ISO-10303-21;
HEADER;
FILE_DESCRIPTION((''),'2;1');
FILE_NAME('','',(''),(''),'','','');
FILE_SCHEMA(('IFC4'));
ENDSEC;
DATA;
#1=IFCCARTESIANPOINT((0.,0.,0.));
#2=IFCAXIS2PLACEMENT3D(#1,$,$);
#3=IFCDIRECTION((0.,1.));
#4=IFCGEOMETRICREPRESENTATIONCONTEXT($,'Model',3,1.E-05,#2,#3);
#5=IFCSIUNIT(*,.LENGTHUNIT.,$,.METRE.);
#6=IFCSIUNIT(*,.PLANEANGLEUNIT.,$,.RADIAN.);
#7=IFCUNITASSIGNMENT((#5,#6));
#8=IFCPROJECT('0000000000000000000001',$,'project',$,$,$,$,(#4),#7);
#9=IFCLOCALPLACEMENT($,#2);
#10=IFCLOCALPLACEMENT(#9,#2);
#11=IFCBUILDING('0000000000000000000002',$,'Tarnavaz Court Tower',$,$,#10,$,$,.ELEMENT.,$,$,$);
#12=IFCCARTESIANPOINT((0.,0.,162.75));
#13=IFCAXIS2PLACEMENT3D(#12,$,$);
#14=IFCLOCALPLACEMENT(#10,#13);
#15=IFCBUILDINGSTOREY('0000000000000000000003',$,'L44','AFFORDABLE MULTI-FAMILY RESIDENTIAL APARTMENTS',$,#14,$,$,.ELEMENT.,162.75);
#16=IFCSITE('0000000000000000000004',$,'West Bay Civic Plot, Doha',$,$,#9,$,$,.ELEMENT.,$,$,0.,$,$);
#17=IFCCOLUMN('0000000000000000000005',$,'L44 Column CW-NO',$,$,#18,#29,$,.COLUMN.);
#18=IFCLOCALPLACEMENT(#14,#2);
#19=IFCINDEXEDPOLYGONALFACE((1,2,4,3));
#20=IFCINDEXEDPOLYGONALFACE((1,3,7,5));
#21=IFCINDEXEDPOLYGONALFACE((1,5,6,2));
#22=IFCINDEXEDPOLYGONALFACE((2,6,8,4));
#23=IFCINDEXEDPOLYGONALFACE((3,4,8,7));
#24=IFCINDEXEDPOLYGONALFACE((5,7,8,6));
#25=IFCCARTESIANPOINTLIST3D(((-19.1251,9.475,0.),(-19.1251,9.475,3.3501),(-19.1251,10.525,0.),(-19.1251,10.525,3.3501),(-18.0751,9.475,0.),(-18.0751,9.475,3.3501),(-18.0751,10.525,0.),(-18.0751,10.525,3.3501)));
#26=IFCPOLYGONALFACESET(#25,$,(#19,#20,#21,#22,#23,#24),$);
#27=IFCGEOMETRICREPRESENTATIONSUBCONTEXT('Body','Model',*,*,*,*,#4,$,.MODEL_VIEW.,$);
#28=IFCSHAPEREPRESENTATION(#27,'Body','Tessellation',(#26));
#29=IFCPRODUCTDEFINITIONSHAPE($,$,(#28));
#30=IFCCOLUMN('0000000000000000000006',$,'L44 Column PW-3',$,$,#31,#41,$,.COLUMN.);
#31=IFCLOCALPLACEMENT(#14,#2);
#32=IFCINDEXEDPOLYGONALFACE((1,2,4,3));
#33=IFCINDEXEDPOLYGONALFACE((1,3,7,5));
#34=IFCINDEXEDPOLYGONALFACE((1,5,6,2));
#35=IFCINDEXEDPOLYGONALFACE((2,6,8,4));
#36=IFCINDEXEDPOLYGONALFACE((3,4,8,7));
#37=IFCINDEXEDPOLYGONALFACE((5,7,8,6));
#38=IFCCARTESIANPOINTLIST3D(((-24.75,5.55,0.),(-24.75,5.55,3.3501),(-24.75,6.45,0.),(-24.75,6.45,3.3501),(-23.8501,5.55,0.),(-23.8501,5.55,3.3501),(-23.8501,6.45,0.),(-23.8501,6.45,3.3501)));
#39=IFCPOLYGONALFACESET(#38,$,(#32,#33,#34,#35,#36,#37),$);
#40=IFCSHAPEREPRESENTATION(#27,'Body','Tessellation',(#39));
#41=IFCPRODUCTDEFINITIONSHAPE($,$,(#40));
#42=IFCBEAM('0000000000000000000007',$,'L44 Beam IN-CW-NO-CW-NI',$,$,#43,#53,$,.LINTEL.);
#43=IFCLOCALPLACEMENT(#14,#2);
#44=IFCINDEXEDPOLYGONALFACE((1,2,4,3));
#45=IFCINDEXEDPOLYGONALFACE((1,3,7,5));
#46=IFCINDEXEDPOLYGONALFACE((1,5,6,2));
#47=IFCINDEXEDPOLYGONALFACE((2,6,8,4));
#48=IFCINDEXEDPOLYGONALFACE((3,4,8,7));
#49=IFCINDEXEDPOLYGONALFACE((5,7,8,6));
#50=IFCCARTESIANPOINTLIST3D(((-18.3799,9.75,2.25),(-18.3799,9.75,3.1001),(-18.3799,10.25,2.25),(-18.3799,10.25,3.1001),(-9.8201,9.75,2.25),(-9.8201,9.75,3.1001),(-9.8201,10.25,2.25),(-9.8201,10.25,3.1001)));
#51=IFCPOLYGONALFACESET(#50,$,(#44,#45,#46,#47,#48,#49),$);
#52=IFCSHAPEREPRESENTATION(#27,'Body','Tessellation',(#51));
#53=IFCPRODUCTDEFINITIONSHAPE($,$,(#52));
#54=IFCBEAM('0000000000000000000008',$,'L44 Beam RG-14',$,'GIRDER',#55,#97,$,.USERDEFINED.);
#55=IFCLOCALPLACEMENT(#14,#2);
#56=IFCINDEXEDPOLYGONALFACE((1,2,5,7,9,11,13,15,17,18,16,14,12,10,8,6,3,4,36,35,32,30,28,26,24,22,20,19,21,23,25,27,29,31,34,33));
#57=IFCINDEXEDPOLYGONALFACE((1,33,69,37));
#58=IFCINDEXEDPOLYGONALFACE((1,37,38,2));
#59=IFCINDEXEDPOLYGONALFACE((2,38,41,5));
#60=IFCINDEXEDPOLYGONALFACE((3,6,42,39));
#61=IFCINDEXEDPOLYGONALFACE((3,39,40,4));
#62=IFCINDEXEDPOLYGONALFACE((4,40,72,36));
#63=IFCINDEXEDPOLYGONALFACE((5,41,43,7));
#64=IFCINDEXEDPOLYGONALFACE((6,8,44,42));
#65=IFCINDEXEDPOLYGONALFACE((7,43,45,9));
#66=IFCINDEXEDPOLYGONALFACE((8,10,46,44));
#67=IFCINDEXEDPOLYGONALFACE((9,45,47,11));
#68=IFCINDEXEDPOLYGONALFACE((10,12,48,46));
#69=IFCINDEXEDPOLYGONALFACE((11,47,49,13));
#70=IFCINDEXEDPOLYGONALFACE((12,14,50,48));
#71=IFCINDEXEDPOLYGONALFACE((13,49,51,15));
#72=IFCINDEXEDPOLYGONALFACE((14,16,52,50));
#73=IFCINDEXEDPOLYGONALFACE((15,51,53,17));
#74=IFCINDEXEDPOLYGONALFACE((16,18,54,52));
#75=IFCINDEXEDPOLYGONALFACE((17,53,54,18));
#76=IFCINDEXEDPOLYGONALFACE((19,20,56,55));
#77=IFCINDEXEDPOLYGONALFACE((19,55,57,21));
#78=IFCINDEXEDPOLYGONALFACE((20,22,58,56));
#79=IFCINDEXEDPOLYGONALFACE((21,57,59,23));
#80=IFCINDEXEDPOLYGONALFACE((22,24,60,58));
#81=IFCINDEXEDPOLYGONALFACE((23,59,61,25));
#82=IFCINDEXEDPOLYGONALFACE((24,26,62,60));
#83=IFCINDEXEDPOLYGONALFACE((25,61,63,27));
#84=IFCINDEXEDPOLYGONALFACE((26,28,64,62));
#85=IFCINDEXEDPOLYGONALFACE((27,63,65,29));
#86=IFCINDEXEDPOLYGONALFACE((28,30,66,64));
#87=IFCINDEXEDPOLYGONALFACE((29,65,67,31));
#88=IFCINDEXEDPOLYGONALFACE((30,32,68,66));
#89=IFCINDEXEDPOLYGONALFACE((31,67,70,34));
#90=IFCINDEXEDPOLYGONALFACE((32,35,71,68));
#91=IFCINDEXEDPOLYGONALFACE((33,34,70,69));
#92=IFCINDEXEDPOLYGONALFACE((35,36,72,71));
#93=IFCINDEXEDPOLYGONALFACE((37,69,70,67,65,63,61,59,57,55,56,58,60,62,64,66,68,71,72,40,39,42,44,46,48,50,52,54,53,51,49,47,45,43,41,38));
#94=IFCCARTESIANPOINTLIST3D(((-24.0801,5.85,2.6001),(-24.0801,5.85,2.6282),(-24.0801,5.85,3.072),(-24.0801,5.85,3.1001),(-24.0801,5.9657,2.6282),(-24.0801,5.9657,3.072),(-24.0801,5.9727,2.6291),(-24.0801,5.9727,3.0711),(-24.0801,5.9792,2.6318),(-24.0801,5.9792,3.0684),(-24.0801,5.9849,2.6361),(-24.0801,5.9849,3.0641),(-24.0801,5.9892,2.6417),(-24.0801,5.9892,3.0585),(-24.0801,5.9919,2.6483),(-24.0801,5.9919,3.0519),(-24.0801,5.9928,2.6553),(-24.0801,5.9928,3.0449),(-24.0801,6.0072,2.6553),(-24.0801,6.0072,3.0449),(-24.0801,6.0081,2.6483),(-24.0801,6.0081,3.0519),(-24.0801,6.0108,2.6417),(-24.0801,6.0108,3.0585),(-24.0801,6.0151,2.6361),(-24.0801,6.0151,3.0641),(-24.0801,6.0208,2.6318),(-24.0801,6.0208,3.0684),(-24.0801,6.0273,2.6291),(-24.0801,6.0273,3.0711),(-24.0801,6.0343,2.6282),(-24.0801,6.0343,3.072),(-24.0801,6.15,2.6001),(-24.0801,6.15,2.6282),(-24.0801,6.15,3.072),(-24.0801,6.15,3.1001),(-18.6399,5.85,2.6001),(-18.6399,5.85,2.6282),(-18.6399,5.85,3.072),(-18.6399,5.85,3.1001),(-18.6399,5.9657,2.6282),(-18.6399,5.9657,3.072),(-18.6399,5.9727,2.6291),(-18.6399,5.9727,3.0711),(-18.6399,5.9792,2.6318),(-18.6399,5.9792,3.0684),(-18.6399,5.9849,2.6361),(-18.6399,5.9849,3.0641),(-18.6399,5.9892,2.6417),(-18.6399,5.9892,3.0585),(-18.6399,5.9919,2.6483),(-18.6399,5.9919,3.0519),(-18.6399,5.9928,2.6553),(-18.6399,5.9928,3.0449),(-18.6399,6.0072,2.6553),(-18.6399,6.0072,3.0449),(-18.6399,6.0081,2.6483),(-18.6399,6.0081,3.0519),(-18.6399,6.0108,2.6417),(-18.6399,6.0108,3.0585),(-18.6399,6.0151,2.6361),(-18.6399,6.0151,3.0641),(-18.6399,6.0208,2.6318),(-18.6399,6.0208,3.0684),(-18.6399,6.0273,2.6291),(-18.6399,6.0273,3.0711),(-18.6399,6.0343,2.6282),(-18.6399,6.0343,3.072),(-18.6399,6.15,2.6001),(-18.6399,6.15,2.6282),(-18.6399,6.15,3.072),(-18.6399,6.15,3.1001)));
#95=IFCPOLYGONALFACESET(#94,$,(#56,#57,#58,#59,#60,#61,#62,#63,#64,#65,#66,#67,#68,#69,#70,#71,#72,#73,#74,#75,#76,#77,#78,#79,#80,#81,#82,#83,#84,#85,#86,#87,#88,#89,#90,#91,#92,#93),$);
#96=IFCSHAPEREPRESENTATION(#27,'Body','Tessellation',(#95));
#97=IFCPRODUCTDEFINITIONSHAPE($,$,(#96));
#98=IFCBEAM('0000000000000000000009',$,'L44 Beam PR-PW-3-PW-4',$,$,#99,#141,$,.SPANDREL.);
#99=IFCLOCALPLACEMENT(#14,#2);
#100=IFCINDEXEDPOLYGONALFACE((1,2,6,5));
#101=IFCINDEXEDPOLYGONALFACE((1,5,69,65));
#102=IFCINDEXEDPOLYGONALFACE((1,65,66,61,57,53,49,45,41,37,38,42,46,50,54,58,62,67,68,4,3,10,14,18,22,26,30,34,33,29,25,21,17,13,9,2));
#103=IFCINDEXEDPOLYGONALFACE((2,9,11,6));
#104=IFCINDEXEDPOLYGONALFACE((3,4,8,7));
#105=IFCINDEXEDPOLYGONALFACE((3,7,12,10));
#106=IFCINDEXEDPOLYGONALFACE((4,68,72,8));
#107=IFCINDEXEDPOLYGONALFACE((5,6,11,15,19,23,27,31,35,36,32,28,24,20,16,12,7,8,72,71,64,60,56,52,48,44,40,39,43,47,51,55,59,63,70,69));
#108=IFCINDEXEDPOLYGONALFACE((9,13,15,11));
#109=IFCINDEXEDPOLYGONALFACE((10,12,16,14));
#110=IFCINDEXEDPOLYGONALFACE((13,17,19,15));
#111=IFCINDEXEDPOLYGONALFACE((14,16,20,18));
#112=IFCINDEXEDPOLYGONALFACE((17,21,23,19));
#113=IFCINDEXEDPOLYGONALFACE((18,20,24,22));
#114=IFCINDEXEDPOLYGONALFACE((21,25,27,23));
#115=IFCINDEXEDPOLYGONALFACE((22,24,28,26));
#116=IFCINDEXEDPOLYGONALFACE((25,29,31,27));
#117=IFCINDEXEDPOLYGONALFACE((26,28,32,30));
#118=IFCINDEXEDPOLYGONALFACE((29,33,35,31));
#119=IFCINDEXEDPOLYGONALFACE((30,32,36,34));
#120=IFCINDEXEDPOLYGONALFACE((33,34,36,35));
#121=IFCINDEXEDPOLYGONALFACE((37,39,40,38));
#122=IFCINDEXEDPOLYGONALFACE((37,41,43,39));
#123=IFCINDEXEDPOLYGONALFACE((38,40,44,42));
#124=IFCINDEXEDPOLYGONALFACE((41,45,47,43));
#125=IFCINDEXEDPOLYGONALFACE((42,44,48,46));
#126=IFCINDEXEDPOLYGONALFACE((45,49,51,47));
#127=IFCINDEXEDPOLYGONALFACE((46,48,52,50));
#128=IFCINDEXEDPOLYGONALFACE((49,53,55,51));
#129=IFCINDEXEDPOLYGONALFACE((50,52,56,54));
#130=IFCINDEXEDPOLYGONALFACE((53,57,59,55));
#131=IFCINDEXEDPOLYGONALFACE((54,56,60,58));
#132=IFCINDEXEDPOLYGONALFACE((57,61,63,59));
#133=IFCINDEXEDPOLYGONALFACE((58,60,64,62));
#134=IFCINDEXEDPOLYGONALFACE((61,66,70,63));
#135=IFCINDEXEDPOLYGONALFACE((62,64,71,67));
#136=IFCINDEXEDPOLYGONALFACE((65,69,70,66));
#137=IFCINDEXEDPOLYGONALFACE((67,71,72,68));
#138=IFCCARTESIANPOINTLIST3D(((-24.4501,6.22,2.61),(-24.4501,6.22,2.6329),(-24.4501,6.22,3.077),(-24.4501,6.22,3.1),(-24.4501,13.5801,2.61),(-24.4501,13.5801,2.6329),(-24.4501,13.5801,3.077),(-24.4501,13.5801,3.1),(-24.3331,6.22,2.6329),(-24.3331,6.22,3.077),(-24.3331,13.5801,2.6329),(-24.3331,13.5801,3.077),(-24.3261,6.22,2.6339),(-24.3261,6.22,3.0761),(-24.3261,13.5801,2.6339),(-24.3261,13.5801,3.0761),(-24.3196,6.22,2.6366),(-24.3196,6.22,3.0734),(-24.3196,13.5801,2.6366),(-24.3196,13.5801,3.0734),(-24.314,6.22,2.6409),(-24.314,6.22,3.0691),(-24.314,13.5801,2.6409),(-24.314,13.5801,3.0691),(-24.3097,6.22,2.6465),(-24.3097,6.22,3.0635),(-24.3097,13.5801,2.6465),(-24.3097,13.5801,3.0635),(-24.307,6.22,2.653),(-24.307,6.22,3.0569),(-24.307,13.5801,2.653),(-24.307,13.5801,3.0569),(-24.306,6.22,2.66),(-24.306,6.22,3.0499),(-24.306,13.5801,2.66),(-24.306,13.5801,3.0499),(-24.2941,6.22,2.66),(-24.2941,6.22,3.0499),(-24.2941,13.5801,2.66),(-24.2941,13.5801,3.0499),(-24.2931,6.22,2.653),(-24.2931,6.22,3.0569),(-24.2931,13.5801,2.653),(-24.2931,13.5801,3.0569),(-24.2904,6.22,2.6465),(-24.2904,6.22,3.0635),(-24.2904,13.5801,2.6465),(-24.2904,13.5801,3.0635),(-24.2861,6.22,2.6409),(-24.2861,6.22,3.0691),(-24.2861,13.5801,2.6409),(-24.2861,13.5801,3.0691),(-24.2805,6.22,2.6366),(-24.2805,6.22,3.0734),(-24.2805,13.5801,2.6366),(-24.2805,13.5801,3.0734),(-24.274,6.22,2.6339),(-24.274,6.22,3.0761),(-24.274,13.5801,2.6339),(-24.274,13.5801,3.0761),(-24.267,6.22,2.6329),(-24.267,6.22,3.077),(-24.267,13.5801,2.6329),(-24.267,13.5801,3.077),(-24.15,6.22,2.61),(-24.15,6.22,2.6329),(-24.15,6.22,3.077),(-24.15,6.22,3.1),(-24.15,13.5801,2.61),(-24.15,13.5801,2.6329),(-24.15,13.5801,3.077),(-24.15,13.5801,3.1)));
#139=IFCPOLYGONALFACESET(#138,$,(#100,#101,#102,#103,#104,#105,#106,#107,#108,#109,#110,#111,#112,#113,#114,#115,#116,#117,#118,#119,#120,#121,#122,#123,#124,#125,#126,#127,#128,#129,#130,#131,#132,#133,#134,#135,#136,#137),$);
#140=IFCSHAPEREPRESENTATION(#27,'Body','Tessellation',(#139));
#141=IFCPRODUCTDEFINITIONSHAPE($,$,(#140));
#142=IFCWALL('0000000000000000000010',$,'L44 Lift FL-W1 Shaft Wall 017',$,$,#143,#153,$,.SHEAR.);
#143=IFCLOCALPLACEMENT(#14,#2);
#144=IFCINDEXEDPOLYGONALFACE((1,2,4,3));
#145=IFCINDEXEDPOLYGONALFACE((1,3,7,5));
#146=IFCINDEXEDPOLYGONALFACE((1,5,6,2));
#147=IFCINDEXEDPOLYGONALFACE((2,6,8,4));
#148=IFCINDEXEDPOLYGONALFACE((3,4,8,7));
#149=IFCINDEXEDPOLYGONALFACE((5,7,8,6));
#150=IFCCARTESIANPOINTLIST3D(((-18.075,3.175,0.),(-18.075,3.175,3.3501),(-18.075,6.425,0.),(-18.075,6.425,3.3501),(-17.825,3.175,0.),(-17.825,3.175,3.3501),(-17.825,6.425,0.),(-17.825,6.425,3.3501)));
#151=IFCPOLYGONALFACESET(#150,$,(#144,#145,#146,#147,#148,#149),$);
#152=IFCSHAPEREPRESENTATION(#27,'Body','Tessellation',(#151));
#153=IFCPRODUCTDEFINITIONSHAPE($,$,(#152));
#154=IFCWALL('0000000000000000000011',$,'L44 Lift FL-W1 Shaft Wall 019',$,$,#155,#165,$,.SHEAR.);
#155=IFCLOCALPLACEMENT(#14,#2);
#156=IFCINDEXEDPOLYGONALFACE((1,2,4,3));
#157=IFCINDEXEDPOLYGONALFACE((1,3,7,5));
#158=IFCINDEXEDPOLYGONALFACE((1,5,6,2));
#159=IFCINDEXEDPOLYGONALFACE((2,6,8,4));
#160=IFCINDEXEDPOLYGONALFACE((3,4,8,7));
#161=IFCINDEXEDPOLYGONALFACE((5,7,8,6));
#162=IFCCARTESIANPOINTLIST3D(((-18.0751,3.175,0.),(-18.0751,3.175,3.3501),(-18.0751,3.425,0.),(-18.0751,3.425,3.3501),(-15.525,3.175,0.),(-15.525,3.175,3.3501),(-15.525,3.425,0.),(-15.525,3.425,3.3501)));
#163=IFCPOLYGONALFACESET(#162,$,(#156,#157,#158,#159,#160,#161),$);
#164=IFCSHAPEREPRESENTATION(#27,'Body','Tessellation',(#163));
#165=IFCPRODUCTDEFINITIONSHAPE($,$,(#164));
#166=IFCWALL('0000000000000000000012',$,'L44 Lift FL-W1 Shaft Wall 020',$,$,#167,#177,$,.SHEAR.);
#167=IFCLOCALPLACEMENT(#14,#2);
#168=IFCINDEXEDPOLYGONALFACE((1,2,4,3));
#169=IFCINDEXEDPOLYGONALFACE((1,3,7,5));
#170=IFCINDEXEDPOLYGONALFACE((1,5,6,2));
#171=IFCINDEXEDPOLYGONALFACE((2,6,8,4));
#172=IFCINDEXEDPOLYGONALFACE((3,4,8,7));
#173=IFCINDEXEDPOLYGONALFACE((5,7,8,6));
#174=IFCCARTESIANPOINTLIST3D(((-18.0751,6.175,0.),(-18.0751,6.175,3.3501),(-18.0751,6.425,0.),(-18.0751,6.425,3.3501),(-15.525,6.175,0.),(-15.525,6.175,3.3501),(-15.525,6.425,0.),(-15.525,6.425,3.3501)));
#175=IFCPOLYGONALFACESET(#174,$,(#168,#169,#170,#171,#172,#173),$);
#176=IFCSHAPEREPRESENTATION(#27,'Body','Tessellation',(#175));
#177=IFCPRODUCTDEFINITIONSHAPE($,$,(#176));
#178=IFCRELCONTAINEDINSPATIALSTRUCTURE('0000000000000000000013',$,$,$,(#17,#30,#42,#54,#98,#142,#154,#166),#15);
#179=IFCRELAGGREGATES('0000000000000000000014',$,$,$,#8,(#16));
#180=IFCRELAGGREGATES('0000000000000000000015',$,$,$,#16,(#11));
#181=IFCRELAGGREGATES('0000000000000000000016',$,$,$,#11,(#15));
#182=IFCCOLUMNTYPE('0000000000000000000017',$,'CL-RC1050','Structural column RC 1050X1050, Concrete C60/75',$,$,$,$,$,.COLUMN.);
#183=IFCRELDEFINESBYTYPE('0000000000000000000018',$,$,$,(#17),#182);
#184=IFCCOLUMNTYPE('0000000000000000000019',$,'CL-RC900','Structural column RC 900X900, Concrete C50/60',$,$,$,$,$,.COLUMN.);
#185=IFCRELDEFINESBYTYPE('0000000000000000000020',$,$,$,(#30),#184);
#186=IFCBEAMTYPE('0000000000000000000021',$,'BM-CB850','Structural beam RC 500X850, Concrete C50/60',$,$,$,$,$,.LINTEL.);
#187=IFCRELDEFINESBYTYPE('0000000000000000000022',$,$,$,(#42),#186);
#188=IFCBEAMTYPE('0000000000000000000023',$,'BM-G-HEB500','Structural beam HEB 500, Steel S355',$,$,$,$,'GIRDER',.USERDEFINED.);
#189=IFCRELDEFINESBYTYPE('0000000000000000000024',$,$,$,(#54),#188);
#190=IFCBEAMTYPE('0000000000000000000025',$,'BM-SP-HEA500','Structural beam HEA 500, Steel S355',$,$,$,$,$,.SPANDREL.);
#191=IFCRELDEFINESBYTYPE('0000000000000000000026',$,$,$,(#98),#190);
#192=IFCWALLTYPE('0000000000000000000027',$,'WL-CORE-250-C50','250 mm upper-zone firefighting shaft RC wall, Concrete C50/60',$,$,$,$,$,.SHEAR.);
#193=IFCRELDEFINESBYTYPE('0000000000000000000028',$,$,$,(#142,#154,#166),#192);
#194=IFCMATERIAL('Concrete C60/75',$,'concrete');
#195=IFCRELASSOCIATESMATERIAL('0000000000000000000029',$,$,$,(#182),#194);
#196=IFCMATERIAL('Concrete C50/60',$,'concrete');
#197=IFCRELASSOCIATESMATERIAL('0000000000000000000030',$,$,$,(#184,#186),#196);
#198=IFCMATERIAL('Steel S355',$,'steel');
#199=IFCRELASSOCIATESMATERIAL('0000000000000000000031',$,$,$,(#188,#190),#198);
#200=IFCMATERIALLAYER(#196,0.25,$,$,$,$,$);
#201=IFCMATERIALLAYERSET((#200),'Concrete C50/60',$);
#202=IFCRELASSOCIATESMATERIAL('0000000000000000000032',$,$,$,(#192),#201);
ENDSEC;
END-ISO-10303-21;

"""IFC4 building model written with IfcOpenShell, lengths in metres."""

from ifc_helpers import new_model, si_unit, direction, frame, frame_2d, origin, origin_2d, place, context, subcontext, project, spatial, rectangle, i_section, extrude, material, layer, layer_set, material_profile, profile_set, type_object, element, save


model = new_model("IFC4")

# Units and contexts
model_context = context("Model", 3, precision=1e-05, world=origin(), true_north=direction((0.0, 1.0)))
body_context = subcontext(model_context, "Body", "Model", "MODEL_VIEW")
ifc_project = project(units=[si_unit("LENGTHUNIT", "METRE"), si_unit("PLANEANGLEUNIT", "RADIAN")], contexts=[model_context])

# Site, building, storey
site_placement = place(None, origin())
site = spatial("IfcSite", under=ifc_project, at=site_placement, Name="West Bay Civic Plot, Doha", CompositionType="ELEMENT", RefElevation=0.0)
building_placement = place(site_placement, origin())
building = spatial("IfcBuilding", under=site, at=building_placement, Name="Tarnavaz Court Tower", CompositionType="ELEMENT")
storey_placement = place(building_placement, frame((0.0, 0.0, 162.75)))
storey = spatial("IfcBuildingStorey", under=building, at=storey_placement, Name="L44", Description="AFFORDABLE MULTI-FAMILY RESIDENTIAL APARTMENTS", CompositionType="ELEMENT", Elevation=162.75)

# Columns
ifc_material_1 = material(Name="Concrete C60/75", Category="concrete")
ifc_material_profile_1 = material_profile(ifc_material_1, rectangle(XDim=1.05, YDim=1.05, at=origin_2d()), Name="RC 1050X1050")
ifc_profile_set_1 = profile_set([ifc_material_profile_1], Name="Concrete C60/75")
column_type_1 = type_object("IfcColumnType", Name="CL-RC1050", Description="Structural column RC 1050X1050, Concrete C60/75", PredefinedType="COLUMN", material=ifc_profile_set_1)
column_1_placement = place(storey_placement, frame((-18.6001, 10.0, 0.0), z_axis=(0.0, 0.0, 1.0), x_axis=(1.0, 0.0, 0.0)))
element("IfcColumn", 1, at=column_1_placement, inside=storey, type_object=column_type_1, Name="L44 Column CW-NO", PredefinedType="COLUMN", context=body_context, shape_type="SweptSolid", body=[
    extrude(rectangle(XDim=1.05, YDim=1.05, at=origin_2d()), origin(), (0.0, 0.0, 1.0), 3.3501),
])
ifc_material_2 = material(Name="Concrete C50/60", Category="concrete")
ifc_material_profile_2 = material_profile(ifc_material_2, rectangle(XDim=0.8999, YDim=0.8999, at=origin_2d()), Name="RC 900X900")
ifc_profile_set_2 = profile_set([ifc_material_profile_2], Name="Concrete C50/60")
column_type_2 = type_object("IfcColumnType", Name="CL-RC900", Description="Structural column RC 900X900, Concrete C50/60", PredefinedType="COLUMN", material=ifc_profile_set_2)
column_2_placement = place(storey_placement, frame((-24.3, 6.0, 0.0), z_axis=(0.0, 0.0, 1.0), x_axis=(1.0, 0.0, 0.0)))
element("IfcColumn", 2, at=column_2_placement, inside=storey, type_object=column_type_2, Name="L44 Column PW-3", PredefinedType="COLUMN", context=body_context, shape_type="SweptSolid", body=[
    extrude(rectangle(XDim=0.8999, YDim=0.8999, at=origin_2d()), origin(), (0.0, 0.0, 1.0), 3.3501),
])

# Beams
ifc_material_profile_3 = material_profile(ifc_material_2, rectangle(XDim=0.5, YDim=0.8501, at=origin_2d()), Name="RC 500X850")
ifc_profile_set_3 = profile_set([ifc_material_profile_3], Name="Concrete C50/60")
beam_type_1 = type_object("IfcBeamType", Name="BM-CB850", Description="Structural beam RC 500X850, Concrete C50/60", PredefinedType="LINTEL", material=ifc_profile_set_3)
beam_1_placement = place(storey_placement, frame((-18.3799, 10.0, 2.675), z_axis=(1.0, 0.0, 0.0), x_axis=(0.0, 1.0, 0.0)))
element("IfcBeam", 3, at=beam_1_placement, inside=storey, type_object=beam_type_1, Name="L44 Beam IN-CW-NO-CW-NI", PredefinedType="LINTEL", context=body_context, shape_type="SweptSolid", body=[
    extrude(rectangle(XDim=0.5, YDim=0.8501, at=origin_2d()), origin(), (0.0, 0.0, 1.0), 8.5598),
])
ifc_material_3 = material(Name="Steel S355", Category="steel")
ifc_material_profile_4 = material_profile(ifc_material_3, i_section(OverallWidth=0.3, OverallDepth=0.5, WebThickness=0.0144, FlangeThickness=0.0281, FilletRadius=0.0271, at=origin_2d()), Name="HEB 500")
ifc_profile_set_4 = profile_set([ifc_material_profile_4], Name="Steel S355")
beam_type_2 = type_object("IfcBeamType", Name="BM-G-HEB500", Description="Structural beam HEB 500, Steel S355", ElementType="GIRDER", PredefinedType="USERDEFINED", material=ifc_profile_set_4)
beam_2_placement = place(storey_placement, frame((-18.6399, 6.0, 2.8501), z_axis=(-1.0, 0.0, 0.0), x_axis=(0.0, -1.0, 0.0)))
element("IfcBeam", 4, at=beam_2_placement, inside=storey, type_object=beam_type_2, Name="L44 Beam RG-14", ObjectType="GIRDER", PredefinedType="USERDEFINED", context=body_context, shape_type="SweptSolid", body=[
    extrude(i_section(OverallWidth=0.3, OverallDepth=0.5, WebThickness=0.0144, FlangeThickness=0.0281, FilletRadius=0.0271, at=origin_2d()), origin(), (0.0, 0.0, 1.0), 5.4402),
])
ifc_material_profile_5 = material_profile(ifc_material_3, i_section(OverallWidth=0.3, OverallDepth=0.49, WebThickness=0.012, FlangeThickness=0.0229, FilletRadius=0.0271, at=origin_2d()), Name="HEA 500")
ifc_profile_set_5 = profile_set([ifc_material_profile_5], Name="Steel S355")
beam_type_3 = type_object("IfcBeamType", Name="BM-SP-HEA500", Description="Structural beam HEA 500, Steel S355", PredefinedType="SPANDREL", material=ifc_profile_set_5)
beam_3_placement = place(storey_placement, frame((-24.3, 6.22, 2.855), z_axis=(0.0, 1.0, 0.0), x_axis=(-1.0, 0.0, 0.0)))
element("IfcBeam", 5, at=beam_3_placement, inside=storey, type_object=beam_type_3, Name="L44 Beam PR-PW-3-PW-4", PredefinedType="SPANDREL", context=body_context, shape_type="SweptSolid", body=[
    extrude(i_section(OverallWidth=0.3, OverallDepth=0.49, WebThickness=0.012, FlangeThickness=0.0229, FilletRadius=0.0271, at=origin_2d()), origin(), (0.0, 0.0, 1.0), 7.3601),
])

# Wall
ifc_layer_1 = layer(ifc_material_2, 0.25)
ifc_layer_set_1 = layer_set([ifc_layer_1], Name="Concrete C50/60")
wall_type_1 = type_object("IfcWallType", Name="WL-CORE-250-C50", Description="250 mm upper-zone firefighting shaft RC wall, Concrete C50/60", PredefinedType="SHEAR", material=ifc_layer_set_1)
wall_1_placement = place(storey_placement, frame((-17.95, 3.175, 0.0), z_axis=(0.0, 0.0, 1.0), x_axis=(0.0, 1.0, 0.0)))
element("IfcWall", 6, at=wall_1_placement, inside=storey, type_object=wall_type_1, Name="L44 Lift FL-W1 Shaft Wall 017", PredefinedType="SHEAR", context=body_context, shape_type="SweptSolid", body=[
    extrude(rectangle(XDim=3.25, YDim=0.25, at=frame_2d((1.625, 0.0))), origin(), (0.0, 0.0, 1.0), 3.3501),
])

# Walls
for number, where, z_axis, x_axis, name in (
    (7, (-18.075, 3.3, 0.0), (0.0, 0.0, 1.0), (1.0, 0.0, 0.0), "L44 Lift FL-W1 Shaft Wall 019"),
    (8, (-18.075, 6.3, 0.0), (0.0, 0.0, 1.0), (1.0, 0.0, 0.0), "L44 Lift FL-W1 Shaft Wall 020"),
):
    element("IfcWall", number, at=place(storey_placement, frame(where, z_axis=z_axis, x_axis=x_axis)), inside=storey, type_object=wall_type_1, Name=name, PredefinedType="SHEAR", context=body_context, shape_type="SweptSolid", body=[
        extrude(rectangle(XDim=2.55, YDim=0.25, at=frame_2d((1.2749, 0.0))), origin(), (0.0, 0.0, 1.0), 3.3501),
    ])

save(model, "model.ifc")
